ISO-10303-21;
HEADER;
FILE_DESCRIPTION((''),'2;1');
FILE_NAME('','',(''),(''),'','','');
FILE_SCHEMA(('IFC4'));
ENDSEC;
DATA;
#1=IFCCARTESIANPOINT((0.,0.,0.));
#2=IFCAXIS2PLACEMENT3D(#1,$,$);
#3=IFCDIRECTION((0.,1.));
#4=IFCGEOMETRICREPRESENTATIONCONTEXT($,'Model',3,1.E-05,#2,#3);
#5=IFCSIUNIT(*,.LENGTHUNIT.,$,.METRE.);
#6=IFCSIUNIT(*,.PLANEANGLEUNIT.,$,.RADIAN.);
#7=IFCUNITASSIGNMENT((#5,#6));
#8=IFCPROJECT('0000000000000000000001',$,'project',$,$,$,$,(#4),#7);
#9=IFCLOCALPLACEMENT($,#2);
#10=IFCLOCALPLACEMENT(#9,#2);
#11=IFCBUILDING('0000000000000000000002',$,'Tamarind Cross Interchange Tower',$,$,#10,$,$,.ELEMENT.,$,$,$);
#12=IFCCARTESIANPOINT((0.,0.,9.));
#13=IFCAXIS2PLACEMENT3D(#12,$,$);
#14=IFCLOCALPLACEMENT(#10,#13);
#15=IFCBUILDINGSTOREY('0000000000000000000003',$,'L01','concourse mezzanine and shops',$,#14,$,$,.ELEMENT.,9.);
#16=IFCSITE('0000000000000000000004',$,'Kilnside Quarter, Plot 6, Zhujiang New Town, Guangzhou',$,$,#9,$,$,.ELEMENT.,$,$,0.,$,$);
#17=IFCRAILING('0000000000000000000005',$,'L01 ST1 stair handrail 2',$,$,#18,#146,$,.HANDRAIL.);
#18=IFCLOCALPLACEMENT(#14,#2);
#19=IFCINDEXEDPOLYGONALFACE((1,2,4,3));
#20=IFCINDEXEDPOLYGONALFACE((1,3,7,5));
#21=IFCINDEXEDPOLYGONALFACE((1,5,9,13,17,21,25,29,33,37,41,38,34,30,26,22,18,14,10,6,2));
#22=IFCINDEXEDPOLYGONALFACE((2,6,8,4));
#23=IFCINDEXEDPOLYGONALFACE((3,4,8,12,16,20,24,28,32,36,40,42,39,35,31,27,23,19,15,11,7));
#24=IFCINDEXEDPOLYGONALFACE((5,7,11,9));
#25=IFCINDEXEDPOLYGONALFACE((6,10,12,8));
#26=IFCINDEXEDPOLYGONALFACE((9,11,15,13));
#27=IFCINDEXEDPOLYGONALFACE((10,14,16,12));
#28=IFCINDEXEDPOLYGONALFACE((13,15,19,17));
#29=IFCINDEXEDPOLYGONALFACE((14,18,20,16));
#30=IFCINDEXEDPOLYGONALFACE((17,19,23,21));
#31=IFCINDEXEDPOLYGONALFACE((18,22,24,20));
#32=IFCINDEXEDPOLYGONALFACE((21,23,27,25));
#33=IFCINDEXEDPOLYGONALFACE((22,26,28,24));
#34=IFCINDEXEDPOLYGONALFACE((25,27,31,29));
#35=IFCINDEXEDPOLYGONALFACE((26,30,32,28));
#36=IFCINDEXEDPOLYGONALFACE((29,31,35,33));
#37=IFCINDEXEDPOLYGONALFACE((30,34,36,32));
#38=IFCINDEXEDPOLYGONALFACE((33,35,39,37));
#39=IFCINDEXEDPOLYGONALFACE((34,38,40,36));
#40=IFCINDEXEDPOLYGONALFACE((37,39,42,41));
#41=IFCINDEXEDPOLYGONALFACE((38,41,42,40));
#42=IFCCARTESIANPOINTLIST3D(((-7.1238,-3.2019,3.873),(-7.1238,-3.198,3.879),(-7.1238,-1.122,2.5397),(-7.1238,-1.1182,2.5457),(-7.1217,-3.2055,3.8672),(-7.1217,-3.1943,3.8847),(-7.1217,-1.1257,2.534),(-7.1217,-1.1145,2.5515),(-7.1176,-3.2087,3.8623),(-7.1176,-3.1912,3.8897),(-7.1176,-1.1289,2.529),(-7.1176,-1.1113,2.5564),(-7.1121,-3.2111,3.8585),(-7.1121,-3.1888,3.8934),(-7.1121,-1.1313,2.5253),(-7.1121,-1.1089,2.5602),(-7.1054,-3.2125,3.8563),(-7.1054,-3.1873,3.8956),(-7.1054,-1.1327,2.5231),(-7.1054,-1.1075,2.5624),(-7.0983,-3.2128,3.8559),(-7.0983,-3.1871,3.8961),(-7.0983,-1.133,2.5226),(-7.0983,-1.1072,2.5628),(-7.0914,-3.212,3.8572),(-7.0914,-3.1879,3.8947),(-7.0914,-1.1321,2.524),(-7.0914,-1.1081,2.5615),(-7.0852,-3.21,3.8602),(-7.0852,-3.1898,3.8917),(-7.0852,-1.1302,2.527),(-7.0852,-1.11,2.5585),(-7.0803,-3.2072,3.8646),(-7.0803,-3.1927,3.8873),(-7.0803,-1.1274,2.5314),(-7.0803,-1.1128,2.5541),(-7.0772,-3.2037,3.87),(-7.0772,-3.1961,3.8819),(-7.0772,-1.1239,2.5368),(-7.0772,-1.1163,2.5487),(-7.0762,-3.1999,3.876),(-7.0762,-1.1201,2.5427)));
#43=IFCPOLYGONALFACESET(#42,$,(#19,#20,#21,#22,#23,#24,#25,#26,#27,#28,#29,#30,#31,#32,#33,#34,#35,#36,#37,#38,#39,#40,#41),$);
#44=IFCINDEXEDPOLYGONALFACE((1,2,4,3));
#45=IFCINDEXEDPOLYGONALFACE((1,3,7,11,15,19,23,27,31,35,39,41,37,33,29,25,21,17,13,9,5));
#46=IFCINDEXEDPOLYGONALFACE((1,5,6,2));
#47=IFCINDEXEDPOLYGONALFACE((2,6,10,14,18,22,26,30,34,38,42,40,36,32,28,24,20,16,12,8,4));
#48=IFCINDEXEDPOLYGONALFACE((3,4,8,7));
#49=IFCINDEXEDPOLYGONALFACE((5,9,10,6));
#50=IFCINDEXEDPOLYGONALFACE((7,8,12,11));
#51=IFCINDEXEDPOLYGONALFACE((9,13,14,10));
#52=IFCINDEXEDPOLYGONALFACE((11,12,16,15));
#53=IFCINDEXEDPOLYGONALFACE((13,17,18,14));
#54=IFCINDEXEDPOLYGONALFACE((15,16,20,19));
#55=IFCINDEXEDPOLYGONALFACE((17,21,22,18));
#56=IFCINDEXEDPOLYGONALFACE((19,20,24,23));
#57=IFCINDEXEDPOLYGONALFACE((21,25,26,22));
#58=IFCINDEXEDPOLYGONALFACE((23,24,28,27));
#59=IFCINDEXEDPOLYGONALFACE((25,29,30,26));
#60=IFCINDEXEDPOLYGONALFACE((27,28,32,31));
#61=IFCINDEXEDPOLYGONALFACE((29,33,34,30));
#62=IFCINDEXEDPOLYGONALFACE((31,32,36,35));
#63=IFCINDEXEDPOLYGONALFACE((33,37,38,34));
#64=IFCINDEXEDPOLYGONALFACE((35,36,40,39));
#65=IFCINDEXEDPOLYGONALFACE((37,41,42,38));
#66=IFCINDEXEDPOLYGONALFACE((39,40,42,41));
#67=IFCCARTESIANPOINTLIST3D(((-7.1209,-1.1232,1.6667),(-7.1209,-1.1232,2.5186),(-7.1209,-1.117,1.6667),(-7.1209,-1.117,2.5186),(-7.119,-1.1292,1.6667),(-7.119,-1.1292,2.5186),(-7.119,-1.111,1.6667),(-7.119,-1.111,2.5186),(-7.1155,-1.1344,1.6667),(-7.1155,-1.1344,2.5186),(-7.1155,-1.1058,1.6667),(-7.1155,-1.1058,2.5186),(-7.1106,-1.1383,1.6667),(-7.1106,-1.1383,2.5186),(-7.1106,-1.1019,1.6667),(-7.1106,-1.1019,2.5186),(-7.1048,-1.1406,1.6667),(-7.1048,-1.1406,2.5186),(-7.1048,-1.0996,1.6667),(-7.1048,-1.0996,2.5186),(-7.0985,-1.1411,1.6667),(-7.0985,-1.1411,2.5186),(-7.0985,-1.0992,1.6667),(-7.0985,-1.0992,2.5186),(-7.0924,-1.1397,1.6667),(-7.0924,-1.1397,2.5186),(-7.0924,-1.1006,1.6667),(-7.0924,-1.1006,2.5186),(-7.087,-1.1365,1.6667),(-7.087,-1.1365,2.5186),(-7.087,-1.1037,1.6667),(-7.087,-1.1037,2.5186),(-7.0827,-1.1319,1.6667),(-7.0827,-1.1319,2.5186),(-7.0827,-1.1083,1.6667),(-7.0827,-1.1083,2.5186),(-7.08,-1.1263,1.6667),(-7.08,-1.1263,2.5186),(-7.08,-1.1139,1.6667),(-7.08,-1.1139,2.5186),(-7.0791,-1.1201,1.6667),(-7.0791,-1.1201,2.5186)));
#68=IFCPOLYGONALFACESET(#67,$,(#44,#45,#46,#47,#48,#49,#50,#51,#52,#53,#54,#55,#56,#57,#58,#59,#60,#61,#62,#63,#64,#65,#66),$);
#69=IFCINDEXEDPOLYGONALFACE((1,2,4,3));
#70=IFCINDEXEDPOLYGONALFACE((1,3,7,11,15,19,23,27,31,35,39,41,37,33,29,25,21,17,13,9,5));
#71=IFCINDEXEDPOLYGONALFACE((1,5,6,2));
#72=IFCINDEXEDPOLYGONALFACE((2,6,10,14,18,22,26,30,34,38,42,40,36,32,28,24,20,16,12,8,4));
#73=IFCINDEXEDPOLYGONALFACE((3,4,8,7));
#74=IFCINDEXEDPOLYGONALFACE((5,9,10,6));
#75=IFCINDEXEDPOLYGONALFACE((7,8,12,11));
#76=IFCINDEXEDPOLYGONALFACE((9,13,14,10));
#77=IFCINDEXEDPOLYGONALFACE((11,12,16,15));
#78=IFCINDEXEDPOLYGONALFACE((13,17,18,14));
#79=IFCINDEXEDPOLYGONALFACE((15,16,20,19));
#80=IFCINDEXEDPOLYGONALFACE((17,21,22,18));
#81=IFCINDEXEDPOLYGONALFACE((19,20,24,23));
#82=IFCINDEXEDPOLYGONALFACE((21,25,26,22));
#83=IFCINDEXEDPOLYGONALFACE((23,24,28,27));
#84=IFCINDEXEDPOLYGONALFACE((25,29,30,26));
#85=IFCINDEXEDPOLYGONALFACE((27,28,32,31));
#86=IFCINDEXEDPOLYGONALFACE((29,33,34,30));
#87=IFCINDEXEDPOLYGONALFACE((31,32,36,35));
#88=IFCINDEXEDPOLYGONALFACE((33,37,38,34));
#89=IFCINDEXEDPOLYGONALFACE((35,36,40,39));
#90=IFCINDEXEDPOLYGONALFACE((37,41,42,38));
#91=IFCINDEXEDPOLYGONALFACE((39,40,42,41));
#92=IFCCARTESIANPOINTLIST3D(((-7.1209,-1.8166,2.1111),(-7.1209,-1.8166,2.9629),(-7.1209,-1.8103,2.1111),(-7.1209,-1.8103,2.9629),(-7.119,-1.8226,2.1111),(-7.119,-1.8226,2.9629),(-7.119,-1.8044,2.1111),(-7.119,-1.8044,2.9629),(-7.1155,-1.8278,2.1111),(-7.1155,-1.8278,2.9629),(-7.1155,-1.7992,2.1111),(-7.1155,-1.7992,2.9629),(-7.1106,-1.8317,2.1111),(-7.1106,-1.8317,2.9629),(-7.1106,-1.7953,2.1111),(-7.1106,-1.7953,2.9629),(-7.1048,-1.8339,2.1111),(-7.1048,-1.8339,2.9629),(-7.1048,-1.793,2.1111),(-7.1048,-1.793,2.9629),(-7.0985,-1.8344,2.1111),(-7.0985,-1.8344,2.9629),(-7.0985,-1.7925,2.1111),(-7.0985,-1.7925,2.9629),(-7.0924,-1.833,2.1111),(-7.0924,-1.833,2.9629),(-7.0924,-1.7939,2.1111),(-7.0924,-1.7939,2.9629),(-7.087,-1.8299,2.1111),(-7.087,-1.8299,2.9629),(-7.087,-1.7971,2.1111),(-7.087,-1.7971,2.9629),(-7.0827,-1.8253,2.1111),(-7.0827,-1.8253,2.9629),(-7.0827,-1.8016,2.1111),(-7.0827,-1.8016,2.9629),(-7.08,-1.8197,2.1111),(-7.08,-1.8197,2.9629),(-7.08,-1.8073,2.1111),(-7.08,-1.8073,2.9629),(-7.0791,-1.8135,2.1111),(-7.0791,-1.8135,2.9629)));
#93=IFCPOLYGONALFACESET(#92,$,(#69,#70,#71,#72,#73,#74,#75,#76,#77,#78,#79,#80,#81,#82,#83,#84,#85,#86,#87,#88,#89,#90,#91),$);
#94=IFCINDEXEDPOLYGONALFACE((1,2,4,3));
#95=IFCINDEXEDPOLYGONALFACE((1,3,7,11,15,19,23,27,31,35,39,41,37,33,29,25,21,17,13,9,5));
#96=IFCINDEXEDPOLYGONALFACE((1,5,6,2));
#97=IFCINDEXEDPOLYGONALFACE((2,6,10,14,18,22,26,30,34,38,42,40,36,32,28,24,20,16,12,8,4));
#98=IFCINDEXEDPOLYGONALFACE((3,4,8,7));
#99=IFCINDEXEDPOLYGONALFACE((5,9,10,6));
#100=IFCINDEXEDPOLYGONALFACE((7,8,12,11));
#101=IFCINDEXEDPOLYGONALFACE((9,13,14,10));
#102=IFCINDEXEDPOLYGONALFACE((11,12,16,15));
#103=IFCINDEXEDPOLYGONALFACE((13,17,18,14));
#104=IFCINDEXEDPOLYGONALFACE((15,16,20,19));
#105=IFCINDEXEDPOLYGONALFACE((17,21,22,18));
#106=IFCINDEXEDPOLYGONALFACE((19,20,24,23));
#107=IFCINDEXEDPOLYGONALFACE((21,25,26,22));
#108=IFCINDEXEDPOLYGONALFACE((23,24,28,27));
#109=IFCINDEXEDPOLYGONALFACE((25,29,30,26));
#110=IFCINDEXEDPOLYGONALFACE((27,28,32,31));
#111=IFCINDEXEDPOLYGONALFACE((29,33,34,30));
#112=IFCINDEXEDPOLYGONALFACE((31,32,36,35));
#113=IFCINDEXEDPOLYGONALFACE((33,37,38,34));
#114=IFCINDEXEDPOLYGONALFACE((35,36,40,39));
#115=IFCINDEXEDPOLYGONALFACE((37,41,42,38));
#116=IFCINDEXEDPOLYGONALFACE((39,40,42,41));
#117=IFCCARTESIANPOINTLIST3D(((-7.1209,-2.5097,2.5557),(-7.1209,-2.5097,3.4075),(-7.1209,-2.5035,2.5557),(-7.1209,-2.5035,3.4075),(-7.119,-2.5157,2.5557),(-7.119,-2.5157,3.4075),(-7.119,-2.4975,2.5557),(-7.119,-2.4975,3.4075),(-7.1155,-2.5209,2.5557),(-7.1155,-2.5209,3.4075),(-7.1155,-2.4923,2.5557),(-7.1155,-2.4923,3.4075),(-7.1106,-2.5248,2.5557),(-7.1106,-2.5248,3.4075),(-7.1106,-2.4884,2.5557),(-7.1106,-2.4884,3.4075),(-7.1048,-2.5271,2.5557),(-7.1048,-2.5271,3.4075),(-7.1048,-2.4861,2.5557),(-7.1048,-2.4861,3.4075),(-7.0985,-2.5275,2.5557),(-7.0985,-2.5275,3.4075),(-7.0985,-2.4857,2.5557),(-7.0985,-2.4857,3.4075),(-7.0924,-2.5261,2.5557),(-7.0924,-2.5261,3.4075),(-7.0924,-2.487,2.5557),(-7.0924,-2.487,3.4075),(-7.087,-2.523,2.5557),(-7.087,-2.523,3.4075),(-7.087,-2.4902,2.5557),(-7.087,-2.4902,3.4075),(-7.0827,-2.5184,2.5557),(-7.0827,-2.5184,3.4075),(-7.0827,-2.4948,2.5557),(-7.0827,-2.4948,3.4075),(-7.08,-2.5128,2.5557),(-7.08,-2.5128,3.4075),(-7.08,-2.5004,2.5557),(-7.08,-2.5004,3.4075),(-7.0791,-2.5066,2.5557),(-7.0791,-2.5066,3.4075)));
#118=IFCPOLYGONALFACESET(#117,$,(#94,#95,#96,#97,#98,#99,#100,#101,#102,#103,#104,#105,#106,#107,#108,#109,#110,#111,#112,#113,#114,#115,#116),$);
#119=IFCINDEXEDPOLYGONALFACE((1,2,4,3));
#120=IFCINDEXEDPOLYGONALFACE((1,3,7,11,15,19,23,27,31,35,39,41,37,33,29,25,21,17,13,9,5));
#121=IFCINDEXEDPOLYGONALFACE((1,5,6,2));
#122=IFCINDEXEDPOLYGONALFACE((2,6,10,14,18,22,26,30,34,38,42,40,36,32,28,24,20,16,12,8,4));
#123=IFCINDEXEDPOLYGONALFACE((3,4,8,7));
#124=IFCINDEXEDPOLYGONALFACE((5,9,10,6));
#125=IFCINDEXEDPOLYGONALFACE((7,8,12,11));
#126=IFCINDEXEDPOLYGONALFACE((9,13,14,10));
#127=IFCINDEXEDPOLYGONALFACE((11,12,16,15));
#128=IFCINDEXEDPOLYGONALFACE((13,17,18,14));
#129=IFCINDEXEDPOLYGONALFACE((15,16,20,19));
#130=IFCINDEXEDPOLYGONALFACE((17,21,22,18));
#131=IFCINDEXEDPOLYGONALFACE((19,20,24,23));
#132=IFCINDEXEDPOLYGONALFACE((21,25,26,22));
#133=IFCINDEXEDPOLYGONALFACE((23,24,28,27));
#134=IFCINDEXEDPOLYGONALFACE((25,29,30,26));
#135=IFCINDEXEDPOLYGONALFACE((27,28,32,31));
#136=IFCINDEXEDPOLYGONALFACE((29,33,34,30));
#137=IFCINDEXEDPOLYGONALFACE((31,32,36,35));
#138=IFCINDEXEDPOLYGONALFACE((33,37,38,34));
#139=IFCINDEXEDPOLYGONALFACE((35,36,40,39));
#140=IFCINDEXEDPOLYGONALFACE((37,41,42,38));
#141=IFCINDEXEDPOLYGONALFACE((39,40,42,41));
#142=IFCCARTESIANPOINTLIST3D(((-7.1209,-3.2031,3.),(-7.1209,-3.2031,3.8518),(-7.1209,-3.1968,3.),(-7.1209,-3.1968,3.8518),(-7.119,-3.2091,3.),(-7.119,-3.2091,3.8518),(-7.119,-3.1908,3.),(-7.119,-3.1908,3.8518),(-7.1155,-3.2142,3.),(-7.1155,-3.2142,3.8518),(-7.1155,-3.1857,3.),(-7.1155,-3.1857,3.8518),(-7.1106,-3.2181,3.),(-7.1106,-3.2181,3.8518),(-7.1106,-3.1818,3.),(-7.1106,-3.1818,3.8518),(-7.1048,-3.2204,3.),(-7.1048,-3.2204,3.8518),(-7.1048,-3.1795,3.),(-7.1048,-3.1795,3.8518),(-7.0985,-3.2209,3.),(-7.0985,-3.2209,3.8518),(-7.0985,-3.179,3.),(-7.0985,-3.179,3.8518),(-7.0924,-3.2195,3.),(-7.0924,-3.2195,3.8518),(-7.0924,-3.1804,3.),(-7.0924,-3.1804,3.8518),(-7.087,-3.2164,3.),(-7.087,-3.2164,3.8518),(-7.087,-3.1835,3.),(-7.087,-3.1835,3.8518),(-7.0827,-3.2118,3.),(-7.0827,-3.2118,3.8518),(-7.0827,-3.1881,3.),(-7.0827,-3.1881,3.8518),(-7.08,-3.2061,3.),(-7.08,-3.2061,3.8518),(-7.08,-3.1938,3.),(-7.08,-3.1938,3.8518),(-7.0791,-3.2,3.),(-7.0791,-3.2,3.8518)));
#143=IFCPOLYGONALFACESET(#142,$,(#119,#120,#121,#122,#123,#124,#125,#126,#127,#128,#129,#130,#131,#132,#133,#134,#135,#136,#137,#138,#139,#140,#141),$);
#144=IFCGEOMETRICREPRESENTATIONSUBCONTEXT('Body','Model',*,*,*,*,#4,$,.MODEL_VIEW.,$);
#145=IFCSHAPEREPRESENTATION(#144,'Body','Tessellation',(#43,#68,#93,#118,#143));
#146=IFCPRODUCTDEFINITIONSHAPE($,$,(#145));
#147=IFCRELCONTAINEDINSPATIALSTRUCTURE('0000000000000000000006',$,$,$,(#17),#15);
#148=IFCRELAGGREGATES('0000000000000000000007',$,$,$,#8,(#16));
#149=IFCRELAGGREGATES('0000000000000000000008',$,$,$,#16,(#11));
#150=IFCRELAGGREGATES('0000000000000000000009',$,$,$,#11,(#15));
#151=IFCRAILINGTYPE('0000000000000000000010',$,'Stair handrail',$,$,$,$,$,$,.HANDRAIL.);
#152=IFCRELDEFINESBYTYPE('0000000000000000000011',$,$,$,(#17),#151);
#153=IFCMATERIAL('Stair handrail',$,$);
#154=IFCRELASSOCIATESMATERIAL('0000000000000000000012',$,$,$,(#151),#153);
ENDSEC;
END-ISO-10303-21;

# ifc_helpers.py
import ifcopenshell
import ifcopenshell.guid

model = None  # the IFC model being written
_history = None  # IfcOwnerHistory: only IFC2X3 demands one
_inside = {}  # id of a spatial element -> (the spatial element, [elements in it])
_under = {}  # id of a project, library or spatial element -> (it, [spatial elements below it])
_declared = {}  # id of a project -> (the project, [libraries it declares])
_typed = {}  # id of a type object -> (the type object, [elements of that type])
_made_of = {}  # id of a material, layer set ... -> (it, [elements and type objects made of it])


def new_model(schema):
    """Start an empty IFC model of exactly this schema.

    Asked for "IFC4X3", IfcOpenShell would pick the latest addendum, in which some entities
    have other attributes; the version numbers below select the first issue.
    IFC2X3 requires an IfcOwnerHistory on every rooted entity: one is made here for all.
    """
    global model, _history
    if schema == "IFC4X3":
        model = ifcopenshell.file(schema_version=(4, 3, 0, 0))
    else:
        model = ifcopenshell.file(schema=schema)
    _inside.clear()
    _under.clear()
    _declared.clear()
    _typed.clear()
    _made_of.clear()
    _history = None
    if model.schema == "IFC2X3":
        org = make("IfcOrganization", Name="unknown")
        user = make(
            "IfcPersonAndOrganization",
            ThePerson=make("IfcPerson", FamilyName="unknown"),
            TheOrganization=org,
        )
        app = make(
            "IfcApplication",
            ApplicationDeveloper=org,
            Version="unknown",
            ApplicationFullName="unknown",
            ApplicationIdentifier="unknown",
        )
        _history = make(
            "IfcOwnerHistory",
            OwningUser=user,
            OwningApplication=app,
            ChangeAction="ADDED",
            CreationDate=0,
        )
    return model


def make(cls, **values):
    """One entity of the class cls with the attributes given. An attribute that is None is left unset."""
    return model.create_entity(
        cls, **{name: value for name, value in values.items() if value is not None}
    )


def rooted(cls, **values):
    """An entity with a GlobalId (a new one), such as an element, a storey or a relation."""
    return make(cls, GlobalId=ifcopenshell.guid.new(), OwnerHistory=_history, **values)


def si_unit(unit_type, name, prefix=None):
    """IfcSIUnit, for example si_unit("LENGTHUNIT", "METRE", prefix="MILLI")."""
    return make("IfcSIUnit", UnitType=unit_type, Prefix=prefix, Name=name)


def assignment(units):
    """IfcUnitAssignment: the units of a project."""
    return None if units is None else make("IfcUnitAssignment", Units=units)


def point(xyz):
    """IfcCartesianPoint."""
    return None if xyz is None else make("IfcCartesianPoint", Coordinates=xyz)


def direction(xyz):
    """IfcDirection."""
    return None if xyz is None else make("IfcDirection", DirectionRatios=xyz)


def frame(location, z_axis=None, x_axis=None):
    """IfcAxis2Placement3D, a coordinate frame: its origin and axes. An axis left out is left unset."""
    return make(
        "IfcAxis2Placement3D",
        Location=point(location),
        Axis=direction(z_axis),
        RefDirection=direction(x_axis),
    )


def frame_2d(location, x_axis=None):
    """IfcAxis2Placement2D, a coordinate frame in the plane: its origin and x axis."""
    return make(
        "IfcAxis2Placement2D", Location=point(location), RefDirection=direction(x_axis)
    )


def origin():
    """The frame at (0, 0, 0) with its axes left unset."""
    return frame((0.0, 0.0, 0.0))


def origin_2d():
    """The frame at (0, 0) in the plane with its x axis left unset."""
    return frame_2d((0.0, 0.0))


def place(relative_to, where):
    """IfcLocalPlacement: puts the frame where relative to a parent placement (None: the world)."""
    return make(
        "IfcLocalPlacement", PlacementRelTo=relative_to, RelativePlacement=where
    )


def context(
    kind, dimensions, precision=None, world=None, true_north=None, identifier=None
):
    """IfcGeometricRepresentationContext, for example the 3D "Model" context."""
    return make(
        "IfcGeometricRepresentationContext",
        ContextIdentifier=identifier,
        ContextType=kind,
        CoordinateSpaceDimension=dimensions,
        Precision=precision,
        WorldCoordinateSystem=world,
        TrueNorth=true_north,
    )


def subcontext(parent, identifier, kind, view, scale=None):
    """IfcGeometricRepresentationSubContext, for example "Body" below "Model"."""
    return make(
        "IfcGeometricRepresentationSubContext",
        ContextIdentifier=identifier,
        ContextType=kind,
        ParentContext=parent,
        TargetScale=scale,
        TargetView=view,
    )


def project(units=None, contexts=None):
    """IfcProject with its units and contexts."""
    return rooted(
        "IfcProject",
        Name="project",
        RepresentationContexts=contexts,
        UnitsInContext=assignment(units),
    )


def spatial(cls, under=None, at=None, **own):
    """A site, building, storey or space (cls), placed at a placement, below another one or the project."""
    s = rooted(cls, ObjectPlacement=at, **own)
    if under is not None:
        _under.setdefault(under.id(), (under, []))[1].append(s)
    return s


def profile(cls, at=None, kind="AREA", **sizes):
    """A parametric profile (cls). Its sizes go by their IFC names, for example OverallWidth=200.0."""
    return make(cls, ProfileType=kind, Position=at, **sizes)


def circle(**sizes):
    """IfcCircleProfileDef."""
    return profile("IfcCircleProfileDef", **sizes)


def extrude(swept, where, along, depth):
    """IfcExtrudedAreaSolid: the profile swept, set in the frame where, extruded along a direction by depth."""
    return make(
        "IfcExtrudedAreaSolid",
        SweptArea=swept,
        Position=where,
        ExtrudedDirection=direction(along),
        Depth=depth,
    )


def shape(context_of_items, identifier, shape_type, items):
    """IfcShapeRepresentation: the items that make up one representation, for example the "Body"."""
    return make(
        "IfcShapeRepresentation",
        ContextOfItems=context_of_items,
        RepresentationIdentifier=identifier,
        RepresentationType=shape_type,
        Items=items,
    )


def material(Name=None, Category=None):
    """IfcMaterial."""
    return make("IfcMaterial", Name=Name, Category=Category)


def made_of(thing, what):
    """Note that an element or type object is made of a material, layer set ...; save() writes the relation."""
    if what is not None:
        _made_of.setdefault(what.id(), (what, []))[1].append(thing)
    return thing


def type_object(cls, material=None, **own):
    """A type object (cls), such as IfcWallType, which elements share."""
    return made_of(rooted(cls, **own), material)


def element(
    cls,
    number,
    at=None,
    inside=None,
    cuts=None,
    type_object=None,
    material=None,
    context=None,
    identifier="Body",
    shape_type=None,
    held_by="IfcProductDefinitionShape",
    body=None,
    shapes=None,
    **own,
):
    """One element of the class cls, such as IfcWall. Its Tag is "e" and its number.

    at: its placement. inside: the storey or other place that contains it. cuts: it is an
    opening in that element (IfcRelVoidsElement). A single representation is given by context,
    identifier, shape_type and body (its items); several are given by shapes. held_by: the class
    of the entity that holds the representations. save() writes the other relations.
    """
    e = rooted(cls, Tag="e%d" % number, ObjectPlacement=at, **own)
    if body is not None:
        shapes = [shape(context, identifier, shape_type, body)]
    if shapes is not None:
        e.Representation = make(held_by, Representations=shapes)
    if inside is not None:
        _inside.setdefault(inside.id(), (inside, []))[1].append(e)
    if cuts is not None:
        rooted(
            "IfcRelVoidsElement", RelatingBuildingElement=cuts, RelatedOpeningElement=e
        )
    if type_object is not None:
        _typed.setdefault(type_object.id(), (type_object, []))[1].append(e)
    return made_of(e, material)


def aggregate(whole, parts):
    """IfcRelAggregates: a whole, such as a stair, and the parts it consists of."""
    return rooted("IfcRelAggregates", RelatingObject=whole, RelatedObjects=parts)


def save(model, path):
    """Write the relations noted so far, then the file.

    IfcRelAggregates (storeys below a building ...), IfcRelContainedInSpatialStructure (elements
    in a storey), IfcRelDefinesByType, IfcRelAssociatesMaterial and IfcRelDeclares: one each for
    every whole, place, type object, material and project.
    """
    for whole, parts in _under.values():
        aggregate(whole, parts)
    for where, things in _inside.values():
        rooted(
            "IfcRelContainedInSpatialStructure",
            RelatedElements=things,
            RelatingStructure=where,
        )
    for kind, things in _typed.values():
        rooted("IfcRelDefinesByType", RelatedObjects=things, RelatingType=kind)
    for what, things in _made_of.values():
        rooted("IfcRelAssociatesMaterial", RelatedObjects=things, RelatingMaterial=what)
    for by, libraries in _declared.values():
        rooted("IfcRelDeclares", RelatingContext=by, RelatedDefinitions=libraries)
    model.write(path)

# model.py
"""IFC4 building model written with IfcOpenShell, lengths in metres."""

from ifc_helpers import new_model, si_unit, direction, frame, origin, origin_2d, place, context, subcontext, project, spatial, circle, extrude, material, type_object, element, save


model = new_model("IFC4")

# Units and contexts
model_context = context("Model", 3, precision=1e-05, world=origin(), true_north=direction((0.0, 1.0)))
body_context = subcontext(model_context, "Body", "Model", "MODEL_VIEW")
ifc_project = project(units=[si_unit("LENGTHUNIT", "METRE"), si_unit("PLANEANGLEUNIT", "RADIAN")], contexts=[model_context])

# Site, building, storey
site_placement = place(None, origin())
site = spatial("IfcSite", under=ifc_project, at=site_placement, Name="Kilnside Quarter, Plot 6, Zhujiang New Town, Guangzhou", CompositionType="ELEMENT", RefElevation=0.0)
building_placement = place(site_placement, origin())
building = spatial("IfcBuilding", under=site, at=building_placement, Name="Tamarind Cross Interchange Tower", CompositionType="ELEMENT")
storey_placement = place(building_placement, frame((0.0, 0.0, 9.0)))
storey = spatial("IfcBuildingStorey", under=building, at=storey_placement, Name="L01", Description="concourse mezzanine and shops", CompositionType="ELEMENT", Elevation=9.0)

# Railing
ifc_material_1 = material(Name="Stair handrail")
railing_type = type_object("IfcRailingType", Name="Stair handrail", PredefinedType="HANDRAIL", material=ifc_material_1)
railing_placement = place(storey_placement, frame((-7.1001, -1.1201, 1.6667)))
element("IfcRailing", 1, at=railing_placement, inside=storey, type_object=railing_type, Name="L01 ST1 stair handrail 2", PredefinedType="HANDRAIL", context=body_context, shape_type="SweptSolid", body=[
    extrude(circle(Radius=0.0239, at=origin_2d()), frame((0.0, 0.0, 0.876), z_axis=(0.0, -0.841875, 0.539673), x_axis=(1.0, 0.0, 0.0)), (0.0, 0.0, 1.0), 2.4705),
    extrude(circle(Radius=0.021, at=origin_2d()), origin(), (0.0, 0.0, 1.0), 0.8518),
    extrude(circle(Radius=0.021, at=origin_2d()), frame((0.0, -0.6934, 0.4443)), (0.0, 0.0, 1.0), 0.8518),
    extrude(circle(Radius=0.021, at=origin_2d()), frame((0.0, -1.3865, 0.8889)), (0.0, 0.0, 1.0), 0.8518),
    extrude(circle(Radius=0.021, at=origin_2d()), frame((0.0, -2.0798, 1.3333)), (0.0, 0.0, 1.0), 0.8518),
])

save(model, "model.ifc")
